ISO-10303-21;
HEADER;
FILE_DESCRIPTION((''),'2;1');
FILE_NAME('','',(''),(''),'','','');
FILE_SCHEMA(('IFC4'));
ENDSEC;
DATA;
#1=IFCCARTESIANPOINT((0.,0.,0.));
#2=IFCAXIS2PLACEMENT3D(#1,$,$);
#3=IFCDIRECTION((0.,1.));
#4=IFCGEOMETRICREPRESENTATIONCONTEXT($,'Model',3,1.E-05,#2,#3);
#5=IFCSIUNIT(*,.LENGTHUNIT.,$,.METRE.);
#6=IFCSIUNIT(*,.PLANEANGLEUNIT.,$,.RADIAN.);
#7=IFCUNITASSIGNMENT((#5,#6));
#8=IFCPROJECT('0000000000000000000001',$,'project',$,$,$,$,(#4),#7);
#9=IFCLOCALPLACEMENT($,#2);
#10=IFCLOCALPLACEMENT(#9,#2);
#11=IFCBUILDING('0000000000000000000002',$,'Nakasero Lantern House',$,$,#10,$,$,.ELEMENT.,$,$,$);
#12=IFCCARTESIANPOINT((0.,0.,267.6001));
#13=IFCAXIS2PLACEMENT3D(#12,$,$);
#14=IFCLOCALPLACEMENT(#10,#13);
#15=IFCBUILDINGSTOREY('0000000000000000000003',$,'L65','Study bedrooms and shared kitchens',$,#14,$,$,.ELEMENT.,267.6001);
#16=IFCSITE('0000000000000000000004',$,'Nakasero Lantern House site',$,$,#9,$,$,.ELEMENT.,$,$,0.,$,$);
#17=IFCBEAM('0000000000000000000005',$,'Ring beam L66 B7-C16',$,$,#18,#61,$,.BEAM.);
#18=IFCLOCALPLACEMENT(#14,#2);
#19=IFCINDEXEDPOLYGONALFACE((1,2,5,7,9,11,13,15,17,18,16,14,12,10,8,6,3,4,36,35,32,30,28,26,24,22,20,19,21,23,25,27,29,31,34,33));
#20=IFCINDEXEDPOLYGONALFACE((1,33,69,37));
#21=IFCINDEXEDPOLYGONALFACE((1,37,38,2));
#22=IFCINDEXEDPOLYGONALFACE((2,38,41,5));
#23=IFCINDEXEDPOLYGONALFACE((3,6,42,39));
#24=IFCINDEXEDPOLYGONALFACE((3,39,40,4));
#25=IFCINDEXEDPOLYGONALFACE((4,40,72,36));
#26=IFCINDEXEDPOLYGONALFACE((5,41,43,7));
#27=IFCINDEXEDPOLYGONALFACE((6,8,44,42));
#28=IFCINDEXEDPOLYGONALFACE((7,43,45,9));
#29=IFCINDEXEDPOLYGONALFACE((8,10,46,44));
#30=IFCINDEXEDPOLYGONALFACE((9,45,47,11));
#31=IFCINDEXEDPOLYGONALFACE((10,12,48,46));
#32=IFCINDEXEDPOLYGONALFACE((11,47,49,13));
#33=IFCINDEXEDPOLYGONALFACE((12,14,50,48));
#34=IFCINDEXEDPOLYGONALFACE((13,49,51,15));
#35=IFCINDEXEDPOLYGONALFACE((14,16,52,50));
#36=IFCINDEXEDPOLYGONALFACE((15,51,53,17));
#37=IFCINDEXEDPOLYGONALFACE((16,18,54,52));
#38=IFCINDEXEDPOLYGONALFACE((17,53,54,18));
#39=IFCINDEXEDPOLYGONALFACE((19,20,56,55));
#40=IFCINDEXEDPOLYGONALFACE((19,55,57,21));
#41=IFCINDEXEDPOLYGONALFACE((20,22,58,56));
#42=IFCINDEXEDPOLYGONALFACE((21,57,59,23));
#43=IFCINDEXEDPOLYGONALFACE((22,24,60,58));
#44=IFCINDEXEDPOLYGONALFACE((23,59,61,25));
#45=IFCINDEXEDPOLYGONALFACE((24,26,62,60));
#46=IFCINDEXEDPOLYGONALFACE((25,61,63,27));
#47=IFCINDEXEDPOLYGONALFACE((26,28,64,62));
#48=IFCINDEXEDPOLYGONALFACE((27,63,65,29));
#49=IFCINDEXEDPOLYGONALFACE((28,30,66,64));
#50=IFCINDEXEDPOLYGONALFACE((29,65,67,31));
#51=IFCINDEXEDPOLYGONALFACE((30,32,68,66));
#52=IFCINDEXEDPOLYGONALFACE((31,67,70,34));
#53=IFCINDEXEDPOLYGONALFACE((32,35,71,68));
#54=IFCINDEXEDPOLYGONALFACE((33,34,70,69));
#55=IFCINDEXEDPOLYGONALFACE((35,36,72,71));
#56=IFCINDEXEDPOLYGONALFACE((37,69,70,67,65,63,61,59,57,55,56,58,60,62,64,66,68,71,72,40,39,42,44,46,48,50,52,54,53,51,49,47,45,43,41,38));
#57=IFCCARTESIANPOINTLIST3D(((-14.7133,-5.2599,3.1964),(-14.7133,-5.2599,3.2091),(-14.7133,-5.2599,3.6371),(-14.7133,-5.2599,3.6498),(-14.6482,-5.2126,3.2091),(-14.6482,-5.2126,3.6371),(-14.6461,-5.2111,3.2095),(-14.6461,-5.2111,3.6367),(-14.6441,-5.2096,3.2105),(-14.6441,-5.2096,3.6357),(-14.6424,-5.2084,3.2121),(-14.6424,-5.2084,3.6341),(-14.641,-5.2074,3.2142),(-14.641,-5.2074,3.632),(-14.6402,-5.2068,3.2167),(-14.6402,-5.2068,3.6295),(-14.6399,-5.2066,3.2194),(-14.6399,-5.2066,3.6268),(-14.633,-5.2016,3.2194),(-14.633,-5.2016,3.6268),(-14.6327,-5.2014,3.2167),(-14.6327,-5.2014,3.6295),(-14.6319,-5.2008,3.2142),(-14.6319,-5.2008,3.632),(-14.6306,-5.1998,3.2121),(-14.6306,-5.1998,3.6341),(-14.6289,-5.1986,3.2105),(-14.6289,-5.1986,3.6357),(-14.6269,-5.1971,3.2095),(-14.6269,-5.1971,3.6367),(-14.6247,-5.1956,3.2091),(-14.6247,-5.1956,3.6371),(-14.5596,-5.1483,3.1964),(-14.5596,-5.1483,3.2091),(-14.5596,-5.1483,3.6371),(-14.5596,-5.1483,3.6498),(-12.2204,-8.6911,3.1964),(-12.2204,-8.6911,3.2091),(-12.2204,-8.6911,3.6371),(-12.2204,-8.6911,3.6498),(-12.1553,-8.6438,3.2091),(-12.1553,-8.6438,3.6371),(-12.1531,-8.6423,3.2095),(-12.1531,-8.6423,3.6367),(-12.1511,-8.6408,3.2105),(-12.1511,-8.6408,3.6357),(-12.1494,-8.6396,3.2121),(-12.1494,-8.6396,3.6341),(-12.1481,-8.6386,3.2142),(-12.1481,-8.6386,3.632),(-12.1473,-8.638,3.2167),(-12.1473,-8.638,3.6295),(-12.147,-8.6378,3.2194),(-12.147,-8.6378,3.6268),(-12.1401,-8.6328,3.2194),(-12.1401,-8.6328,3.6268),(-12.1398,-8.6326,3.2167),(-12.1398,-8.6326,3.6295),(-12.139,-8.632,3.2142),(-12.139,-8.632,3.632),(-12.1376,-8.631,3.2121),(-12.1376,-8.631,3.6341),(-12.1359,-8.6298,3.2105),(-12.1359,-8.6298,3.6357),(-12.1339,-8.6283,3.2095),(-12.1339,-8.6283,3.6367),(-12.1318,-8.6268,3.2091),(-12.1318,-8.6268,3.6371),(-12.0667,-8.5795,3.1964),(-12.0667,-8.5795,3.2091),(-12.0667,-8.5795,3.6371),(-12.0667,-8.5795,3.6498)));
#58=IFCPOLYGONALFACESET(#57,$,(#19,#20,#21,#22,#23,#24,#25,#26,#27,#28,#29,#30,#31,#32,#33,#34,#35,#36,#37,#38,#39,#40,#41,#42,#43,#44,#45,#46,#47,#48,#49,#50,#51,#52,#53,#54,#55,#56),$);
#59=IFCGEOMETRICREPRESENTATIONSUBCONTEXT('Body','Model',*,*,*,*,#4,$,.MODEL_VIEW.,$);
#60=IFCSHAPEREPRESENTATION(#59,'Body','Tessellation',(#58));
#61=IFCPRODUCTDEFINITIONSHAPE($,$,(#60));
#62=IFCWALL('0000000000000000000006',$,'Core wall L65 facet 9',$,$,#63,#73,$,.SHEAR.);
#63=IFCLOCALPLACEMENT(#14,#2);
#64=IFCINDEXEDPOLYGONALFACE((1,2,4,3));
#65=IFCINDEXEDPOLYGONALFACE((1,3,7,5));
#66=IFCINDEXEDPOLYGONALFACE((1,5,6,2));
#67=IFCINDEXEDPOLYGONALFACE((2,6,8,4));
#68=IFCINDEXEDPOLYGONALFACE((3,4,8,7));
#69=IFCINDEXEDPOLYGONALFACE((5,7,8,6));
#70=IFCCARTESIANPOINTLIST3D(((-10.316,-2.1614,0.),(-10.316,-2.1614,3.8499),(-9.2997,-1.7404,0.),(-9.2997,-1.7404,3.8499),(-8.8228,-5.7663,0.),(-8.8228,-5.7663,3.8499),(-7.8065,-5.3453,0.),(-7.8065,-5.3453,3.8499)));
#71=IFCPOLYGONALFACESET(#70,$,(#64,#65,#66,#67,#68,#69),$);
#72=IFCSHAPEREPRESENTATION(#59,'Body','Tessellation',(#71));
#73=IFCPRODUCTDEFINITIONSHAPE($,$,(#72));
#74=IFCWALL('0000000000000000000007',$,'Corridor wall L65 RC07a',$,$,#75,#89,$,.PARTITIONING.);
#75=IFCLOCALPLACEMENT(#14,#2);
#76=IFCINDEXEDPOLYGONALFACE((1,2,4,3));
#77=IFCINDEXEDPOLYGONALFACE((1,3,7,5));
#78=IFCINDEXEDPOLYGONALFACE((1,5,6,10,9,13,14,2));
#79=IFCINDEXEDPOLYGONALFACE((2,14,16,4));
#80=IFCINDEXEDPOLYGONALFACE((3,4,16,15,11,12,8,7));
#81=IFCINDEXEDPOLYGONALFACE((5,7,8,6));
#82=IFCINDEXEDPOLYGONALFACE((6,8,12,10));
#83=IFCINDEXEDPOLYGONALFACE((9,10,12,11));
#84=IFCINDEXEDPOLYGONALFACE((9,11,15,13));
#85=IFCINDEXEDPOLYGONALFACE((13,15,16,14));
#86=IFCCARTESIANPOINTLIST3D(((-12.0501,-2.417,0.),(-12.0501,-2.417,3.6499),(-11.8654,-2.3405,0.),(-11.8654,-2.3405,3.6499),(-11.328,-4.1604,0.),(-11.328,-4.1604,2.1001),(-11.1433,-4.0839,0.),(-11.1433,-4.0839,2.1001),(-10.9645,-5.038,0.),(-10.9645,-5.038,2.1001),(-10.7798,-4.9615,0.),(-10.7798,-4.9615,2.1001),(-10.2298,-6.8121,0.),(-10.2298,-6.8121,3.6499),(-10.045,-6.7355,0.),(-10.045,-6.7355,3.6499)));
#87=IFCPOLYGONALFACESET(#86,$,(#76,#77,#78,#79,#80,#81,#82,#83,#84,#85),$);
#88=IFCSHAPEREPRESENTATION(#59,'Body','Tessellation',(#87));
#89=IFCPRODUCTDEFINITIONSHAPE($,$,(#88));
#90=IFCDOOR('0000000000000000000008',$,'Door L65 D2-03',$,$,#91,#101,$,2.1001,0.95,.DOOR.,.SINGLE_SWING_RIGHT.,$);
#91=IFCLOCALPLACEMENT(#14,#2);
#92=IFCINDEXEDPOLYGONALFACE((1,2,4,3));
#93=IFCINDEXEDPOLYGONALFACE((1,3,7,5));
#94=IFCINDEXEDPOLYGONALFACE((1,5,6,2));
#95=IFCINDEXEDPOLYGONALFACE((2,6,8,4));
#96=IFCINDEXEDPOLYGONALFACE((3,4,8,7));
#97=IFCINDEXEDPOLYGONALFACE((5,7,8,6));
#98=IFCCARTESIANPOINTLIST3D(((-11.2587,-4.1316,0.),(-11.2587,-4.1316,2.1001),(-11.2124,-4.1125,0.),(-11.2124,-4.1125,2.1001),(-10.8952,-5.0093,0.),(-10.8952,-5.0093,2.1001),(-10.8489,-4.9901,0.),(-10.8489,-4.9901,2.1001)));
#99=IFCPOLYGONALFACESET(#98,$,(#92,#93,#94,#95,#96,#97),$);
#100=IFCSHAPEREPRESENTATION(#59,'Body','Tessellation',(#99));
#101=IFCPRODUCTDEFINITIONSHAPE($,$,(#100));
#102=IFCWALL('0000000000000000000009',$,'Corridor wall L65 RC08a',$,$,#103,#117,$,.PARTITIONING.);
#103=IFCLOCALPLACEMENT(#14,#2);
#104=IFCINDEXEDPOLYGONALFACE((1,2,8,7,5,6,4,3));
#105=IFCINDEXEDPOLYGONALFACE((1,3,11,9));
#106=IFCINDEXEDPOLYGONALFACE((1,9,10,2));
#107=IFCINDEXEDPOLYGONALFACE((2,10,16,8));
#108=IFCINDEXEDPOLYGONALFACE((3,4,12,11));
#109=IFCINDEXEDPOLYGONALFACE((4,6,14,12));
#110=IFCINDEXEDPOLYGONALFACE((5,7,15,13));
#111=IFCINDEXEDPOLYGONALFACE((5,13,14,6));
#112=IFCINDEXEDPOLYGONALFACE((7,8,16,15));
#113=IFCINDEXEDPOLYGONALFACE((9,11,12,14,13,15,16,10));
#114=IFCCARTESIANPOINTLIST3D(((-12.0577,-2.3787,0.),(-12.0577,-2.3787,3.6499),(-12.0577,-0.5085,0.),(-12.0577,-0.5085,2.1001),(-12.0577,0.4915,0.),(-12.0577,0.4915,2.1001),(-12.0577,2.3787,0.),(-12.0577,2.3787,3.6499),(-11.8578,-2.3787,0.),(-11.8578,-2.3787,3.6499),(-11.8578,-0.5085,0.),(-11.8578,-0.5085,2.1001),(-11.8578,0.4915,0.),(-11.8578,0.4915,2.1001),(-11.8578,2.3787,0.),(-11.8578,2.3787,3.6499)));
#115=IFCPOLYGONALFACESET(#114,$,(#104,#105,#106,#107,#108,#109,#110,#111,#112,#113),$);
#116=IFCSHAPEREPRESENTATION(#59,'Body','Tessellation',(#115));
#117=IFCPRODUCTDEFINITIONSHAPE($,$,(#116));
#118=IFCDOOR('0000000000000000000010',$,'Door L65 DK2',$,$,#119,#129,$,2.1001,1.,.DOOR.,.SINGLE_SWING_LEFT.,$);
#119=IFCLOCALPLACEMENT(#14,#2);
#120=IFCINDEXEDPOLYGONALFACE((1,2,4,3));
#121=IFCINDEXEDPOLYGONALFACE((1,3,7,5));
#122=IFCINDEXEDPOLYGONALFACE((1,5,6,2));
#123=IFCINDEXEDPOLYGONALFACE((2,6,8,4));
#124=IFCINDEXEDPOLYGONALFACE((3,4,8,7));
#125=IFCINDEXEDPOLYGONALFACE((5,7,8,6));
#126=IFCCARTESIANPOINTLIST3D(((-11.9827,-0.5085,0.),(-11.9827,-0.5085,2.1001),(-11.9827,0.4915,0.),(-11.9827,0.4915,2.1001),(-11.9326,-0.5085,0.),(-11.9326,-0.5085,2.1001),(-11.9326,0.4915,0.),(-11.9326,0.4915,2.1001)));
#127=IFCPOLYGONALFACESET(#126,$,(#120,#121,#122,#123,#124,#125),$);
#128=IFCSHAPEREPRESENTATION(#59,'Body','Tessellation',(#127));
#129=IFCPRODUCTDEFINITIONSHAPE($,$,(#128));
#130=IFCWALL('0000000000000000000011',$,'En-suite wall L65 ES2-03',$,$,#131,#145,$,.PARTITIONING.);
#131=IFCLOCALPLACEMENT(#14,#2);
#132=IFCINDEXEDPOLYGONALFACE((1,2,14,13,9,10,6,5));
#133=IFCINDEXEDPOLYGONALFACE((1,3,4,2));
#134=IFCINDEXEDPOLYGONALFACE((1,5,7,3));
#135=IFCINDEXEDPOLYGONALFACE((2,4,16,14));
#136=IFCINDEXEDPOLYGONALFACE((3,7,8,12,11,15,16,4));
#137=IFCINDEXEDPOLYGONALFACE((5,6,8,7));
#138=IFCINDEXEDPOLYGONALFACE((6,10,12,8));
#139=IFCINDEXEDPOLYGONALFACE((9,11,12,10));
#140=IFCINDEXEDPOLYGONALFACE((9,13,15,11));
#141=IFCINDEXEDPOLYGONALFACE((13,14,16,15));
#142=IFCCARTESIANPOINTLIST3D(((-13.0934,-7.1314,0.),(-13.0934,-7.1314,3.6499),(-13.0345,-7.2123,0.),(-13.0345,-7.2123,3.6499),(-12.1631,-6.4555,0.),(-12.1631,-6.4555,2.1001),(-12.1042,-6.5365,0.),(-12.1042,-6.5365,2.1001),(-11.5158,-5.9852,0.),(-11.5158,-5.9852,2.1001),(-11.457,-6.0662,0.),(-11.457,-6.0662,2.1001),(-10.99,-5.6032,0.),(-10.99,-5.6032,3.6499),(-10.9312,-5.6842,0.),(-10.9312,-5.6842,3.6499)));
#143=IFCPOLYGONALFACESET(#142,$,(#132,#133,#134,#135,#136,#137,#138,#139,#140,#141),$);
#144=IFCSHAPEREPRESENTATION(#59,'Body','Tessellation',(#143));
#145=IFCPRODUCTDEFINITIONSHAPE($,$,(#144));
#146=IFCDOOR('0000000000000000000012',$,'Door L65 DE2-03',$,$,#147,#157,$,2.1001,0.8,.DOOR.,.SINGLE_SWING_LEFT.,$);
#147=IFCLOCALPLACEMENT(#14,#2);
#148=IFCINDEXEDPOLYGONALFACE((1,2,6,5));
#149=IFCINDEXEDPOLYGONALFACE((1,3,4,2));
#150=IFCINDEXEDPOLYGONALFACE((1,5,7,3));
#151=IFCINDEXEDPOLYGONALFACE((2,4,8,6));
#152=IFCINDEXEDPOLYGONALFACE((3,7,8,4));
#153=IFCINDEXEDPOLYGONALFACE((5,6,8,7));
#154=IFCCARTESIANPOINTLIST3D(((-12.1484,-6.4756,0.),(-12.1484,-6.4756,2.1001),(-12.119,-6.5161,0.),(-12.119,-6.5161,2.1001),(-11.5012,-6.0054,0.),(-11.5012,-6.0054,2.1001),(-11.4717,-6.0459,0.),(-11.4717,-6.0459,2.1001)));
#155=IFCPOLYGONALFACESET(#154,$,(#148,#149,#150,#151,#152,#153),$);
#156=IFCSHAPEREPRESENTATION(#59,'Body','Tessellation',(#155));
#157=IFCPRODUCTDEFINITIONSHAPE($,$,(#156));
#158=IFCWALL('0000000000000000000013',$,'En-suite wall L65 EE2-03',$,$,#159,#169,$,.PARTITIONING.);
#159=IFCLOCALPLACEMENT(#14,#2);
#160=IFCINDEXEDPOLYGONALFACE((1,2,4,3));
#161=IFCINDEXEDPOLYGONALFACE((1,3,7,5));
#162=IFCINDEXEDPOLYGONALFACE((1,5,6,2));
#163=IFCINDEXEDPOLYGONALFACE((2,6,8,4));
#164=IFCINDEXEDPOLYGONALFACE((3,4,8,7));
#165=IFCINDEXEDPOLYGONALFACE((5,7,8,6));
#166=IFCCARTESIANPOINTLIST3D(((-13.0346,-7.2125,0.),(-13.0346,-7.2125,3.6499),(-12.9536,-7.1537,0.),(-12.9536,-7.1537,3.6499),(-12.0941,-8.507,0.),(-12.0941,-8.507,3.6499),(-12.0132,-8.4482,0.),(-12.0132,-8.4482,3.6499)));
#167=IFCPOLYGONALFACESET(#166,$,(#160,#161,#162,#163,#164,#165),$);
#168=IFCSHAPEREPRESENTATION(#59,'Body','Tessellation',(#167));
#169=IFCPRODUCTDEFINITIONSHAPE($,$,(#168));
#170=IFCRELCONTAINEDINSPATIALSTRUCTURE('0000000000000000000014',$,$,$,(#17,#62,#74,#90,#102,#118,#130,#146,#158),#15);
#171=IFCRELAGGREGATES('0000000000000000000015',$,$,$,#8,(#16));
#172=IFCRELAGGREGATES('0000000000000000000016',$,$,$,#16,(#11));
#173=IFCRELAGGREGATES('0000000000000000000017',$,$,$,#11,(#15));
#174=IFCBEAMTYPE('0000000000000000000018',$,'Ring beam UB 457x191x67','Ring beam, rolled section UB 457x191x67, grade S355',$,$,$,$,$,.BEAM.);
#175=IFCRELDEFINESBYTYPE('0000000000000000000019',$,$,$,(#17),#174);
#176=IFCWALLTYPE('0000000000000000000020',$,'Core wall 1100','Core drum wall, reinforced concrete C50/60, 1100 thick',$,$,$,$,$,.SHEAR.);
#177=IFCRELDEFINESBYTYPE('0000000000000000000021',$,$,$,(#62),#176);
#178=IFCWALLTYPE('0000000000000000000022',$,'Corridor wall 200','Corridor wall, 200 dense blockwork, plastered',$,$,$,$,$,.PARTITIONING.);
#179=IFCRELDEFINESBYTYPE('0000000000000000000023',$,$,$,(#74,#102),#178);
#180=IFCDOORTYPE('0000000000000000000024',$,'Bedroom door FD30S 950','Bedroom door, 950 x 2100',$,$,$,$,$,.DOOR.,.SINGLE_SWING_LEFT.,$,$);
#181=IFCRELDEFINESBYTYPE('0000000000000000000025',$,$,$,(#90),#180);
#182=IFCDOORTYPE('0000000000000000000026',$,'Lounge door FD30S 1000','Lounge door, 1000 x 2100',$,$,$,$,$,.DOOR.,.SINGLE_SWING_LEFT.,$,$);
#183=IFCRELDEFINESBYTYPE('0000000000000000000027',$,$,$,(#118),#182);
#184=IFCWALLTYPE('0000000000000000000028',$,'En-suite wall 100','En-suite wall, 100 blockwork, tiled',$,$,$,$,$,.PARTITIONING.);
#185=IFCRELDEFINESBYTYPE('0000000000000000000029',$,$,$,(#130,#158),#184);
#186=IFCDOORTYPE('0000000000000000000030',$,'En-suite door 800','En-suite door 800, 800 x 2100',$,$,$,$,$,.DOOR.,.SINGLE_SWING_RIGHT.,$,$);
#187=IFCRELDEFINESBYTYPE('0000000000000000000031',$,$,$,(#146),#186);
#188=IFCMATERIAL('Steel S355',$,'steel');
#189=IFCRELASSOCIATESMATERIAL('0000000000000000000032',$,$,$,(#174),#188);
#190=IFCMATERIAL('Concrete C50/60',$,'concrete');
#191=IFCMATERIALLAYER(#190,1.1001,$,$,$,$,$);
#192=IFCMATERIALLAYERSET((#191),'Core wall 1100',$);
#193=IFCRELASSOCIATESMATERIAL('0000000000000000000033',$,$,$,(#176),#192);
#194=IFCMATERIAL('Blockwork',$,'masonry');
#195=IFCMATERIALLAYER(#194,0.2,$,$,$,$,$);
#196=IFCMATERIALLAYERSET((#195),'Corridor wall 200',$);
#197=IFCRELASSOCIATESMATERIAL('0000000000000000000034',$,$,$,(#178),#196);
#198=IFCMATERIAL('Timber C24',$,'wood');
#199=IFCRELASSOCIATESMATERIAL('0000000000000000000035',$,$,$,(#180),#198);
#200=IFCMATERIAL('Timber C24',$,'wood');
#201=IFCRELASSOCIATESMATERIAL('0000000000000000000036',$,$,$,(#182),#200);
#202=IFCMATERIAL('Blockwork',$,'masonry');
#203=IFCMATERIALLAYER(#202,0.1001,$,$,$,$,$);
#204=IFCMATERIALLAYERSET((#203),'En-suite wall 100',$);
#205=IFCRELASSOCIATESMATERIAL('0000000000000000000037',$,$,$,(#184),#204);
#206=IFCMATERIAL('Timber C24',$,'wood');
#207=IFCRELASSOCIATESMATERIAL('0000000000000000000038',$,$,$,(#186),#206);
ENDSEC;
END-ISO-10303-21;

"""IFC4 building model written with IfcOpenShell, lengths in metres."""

from ifc_helpers import new_model, si_unit, direction, frame, frame_2d, origin, origin_2d, place, context, subcontext, project, spatial, rectangle, i_section, extrude, material, layer, layer_set, material_profile, profile_set, type_object, element, fill, save


model = new_model("IFC4")

# Units and contexts
model_context = context("Model", 3, precision=1e-05, world=origin(), true_north=direction((0.0, 1.0)))
body_context = subcontext(model_context, "Body", "Model", "MODEL_VIEW")
ifc_project = project(units=[si_unit("LENGTHUNIT", "METRE"), si_unit("PLANEANGLEUNIT", "RADIAN")], contexts=[model_context])

# Site, building, storey
site_placement = place(None, origin())
site = spatial("IfcSite", under=ifc_project, at=site_placement, Name="Nakasero Lantern House site", CompositionType="ELEMENT", RefElevation=0.0)
building_placement = place(site_placement, origin())
building = spatial("IfcBuilding", under=site, at=building_placement, Name="Nakasero Lantern House", CompositionType="ELEMENT")
storey_placement = place(building_placement, frame((0.0, 0.0, 267.6001)))
storey = spatial("IfcBuildingStorey", under=building, at=storey_placement, Name="L65", Description="Study bedrooms and shared kitchens", CompositionType="ELEMENT", Elevation=267.6001)

# Beam
ifc_material_1 = material(Name="Steel S355", Category="steel")
ifc_material_profile_1 = material_profile(ifc_material_1, i_section(OverallWidth=0.1899, OverallDepth=0.4534, WebThickness=0.0085, FlangeThickness=0.0127, FilletRadius=0.0103, at=origin_2d()), Name="UB 457x191x67")
ifc_profile_set_1 = profile_set([ifc_material_profile_1], Name="Steel S355")
beam_type_1 = type_object("IfcBeamType", Name="Ring beam UB 457x191x67", Description="Ring beam, rolled section UB 457x191x67, grade S355", PredefinedType="BEAM", material=ifc_profile_set_1)
beam_1_placement = place(storey_placement, frame((-14.6365, -5.2041, 3.4231), z_axis=(0.587792, -0.809012, 0.0), x_axis=(0.809012, 0.587792, 0.0)))
element("IfcBeam", 1, at=beam_1_placement, inside=storey, type_object=beam_type_1, Name="Ring beam L66 B7-C16", PredefinedType="BEAM", context=body_context, shape_type="SweptSolid", body=[
    extrude(i_section(OverallWidth=0.1899, OverallDepth=0.4534, WebThickness=0.0085, FlangeThickness=0.0127, FilletRadius=0.0103, at=origin_2d()), origin(), (0.0, 0.0, 1.0), 4.2412),
])

# Wall
ifc_material_2 = material(Name="Concrete C50/60", Category="concrete")
ifc_layer_1 = layer(ifc_material_2, 1.1001)
ifc_layer_set_1 = layer_set([ifc_layer_1], Name="Core wall 1100")
wall_type_1 = type_object("IfcWallType", Name="Core wall 1100", Description="Core drum wall, reinforced concrete C50/60, 1100 thick", PredefinedType="SHEAR", material=ifc_layer_set_1)
wall_1_placement = place(storey_placement, frame((-9.8079, -1.9509, 0.0), z_axis=(0.0, 0.0, 1.0), x_axis=(0.382691, -0.923877, 0.0)))
element("IfcWall", 2, at=wall_1_placement, inside=storey, type_object=wall_type_1, Name="Core wall L65 facet 9", PredefinedType="SHEAR", context=body_context, shape_type="SweptSolid", body=[
    extrude(rectangle(XDim=3.9019, YDim=1.1001, at=frame_2d((1.9509, 0.0))), origin(), (0.0, 0.0, 1.0), 3.8499),
])

# Walls, openings, doors
ifc_material_3 = material(Name="Blockwork", Category="masonry")
ifc_layer_2 = layer(ifc_material_3, 0.2)
ifc_layer_set_2 = layer_set([ifc_layer_2], Name="Corridor wall 200")
wall_type_2 = type_object("IfcWallType", Name="Corridor wall 200", Description="Corridor wall, 200 dense blockwork, plastered", PredefinedType="PARTITIONING", material=ifc_layer_set_2)
wall_2_placement = place(storey_placement, frame((-10.1375, -6.7737, 0.0), z_axis=(0.0, 0.0, 1.0), x_axis=(-0.382654, 0.923892, 0.0)))
wall_2 = element("IfcWall", 3, at=wall_2_placement, inside=storey, type_object=wall_type_2, Name="Corridor wall L65 RC07a", PredefinedType="PARTITIONING", context=body_context, shape_type="SweptSolid", body=[
    extrude(rectangle(XDim=4.7571, YDim=0.2, at=frame_2d((2.3784, 0.0))), origin(), (0.0, 0.0, 1.0), 3.6499),
])
opening_1_placement = place(wall_2_placement, frame((1.9199, 0.0, 0.0)))
opening_1 = element("IfcOpeningElement", 4, at=opening_1_placement, cuts=wall_2, PredefinedType="OPENING", context=body_context, shape_type="SweptSolid", body=[
    extrude(rectangle(XDim=0.95, YDim=2.1001, at=frame_2d((0.4751, 1.05))), frame((0.0, 0.1199, 0.0), z_axis=(0.0, -1.0, 0.0), x_axis=(1.0, 0.0, 0.0)), (0.0, 0.0, 1.0), 0.24),
])
ifc_material_4 = material(Name="Timber C24", Category="wood")
door_type_1 = type_object("IfcDoorType", Name="Bedroom door FD30S 950", Description="Bedroom door, 950 x 2100", OperationType="SINGLE_SWING_LEFT", PredefinedType="DOOR", material=ifc_material_4)
door_1_placement = place(opening_1_placement, origin())
door_1 = element("IfcDoor", 5, at=door_1_placement, inside=storey, type_object=door_type_1, Name="Door L65 D2-03", OperationType="SINGLE_SWING_RIGHT", OverallHeight=2.1001, OverallWidth=0.95, PredefinedType="DOOR", context=body_context, shape_type="SweptSolid", body=[
    extrude(rectangle(XDim=0.95, YDim=2.1001, at=frame_2d((0.4751, 1.05))), frame((0.0, 0.0249, 0.0), z_axis=(0.0, -1.0, 0.0), x_axis=(1.0, 0.0, 0.0)), (0.0, 0.0, 1.0), 0.05),
])
fill(opening_1, door_1)
wall_3_placement = place(storey_placement, frame((-11.9578, -2.3787, 0.0), z_axis=(0.0, 0.0, 1.0), x_axis=(0.0, 1.0, 0.0)))
wall_3 = element("IfcWall", 6, at=wall_3_placement, inside=storey, type_object=wall_type_2, Name="Corridor wall L65 RC08a", PredefinedType="PARTITIONING", context=body_context, shape_type="SweptSolid", body=[
    extrude(rectangle(XDim=4.7573, YDim=0.2, at=frame_2d((2.3787, 0.0))), origin(), (0.0, 0.0, 1.0), 3.6499),
])
opening_2_placement = place(wall_3_placement, frame((1.8701, 0.0, 0.0)))
opening_2 = element("IfcOpeningElement", 7, at=opening_2_placement, cuts=wall_3, PredefinedType="OPENING", context=body_context, shape_type="SweptSolid", body=[
    extrude(rectangle(XDim=1.0, YDim=2.1001, at=frame_2d((0.5, 1.05))), frame((0.0, 0.1199, 0.0), z_axis=(0.0, -1.0, 0.0), x_axis=(1.0, 0.0, 0.0)), (0.0, 0.0, 1.0), 0.24),
])
ifc_material_5 = material(Name="Timber C24", Category="wood")
door_type_2 = type_object("IfcDoorType", Name="Lounge door FD30S 1000", Description="Lounge door, 1000 x 2100", OperationType="SINGLE_SWING_LEFT", PredefinedType="DOOR", material=ifc_material_5)
door_2_placement = place(opening_2_placement, origin())
door_2 = element("IfcDoor", 8, at=door_2_placement, inside=storey, type_object=door_type_2, Name="Door L65 DK2", OperationType="SINGLE_SWING_LEFT", OverallHeight=2.1001, OverallWidth=1.0, PredefinedType="DOOR", context=body_context, shape_type="SweptSolid", body=[
    extrude(rectangle(XDim=1.0, YDim=2.1001, at=frame_2d((0.5, 1.05))), frame((0.0, 0.0249, 0.0), z_axis=(0.0, -1.0, 0.0), x_axis=(1.0, 0.0, 0.0)), (0.0, 0.0, 1.0), 0.05),
])
fill(opening_2, door_2)
ifc_material_6 = material(Name="Blockwork", Category="masonry")
ifc_layer_3 = layer(ifc_material_6, 0.1001)
ifc_layer_set_3 = layer_set([ifc_layer_3], Name="En-suite wall 100")
wall_type_3 = type_object("IfcWallType", Name="En-suite wall 100", Description="En-suite wall, 100 blockwork, tiled", PredefinedType="PARTITIONING", material=ifc_layer_set_3)
wall_4_placement = place(storey_placement, frame((-10.9607, -5.6438, 0.0), z_axis=(0.0, 0.0, 1.0), x_axis=(-0.809024, -0.587775, 0.0)))
wall_4 = element("IfcWall", 9, at=wall_4_placement, inside=storey, type_object=wall_type_3, Name="En-suite wall L65 ES2-03", PredefinedType="PARTITIONING", context=body_context, shape_type="SweptSolid", body=[
    extrude(rectangle(XDim=2.5999, YDim=0.1001, at=frame_2d((1.2998, 0.0))), origin(), (0.0, 0.0, 1.0), 3.6499),
])
opening_3_placement = place(wall_4_placement, frame((0.6499, 0.0, 0.0)))
opening_3 = element("IfcOpeningElement", 10, at=opening_3_placement, cuts=wall_4, PredefinedType="OPENING", context=body_context, shape_type="SweptSolid", body=[
    extrude(rectangle(XDim=0.8, YDim=2.1001, at=frame_2d((0.3999, 1.05))), frame((0.0, 0.0701, 0.0), z_axis=(0.0, -1.0, 0.0), x_axis=(1.0, 0.0, 0.0)), (0.0, 0.0, 1.0), 0.1401),
])
ifc_material_7 = material(Name="Timber C24", Category="wood")
door_type_3 = type_object("IfcDoorType", Name="En-suite door 800", Description="En-suite door 800, 800 x 2100", OperationType="SINGLE_SWING_RIGHT", PredefinedType="DOOR", material=ifc_material_7)
door_3_placement = place(opening_3_placement, origin())
door_3 = element("IfcDoor", 11, at=door_3_placement, inside=storey, type_object=door_type_3, Name="Door L65 DE2-03", OperationType="SINGLE_SWING_LEFT", OverallHeight=2.1001, OverallWidth=0.8, PredefinedType="DOOR", context=body_context, shape_type="SweptSolid", body=[
    extrude(rectangle(XDim=0.8, YDim=2.1001, at=frame_2d((0.3999, 1.05))), frame((0.0, 0.0249, 0.0), z_axis=(0.0, -1.0, 0.0), x_axis=(1.0, 0.0, 0.0)), (0.0, 0.0, 1.0), 0.05),
])
fill(opening_3, door_3)

# Wall
for number, where, z_axis, x_axis, name in (
    (12, (-12.9941, -7.1831, 0.0), (0.0, 0.0, 1.0), (0.587772, -0.809026, 0.0), "En-suite wall L65 EE2-03"),
):
    element("IfcWall", number, at=place(storey_placement, frame(where, z_axis=z_axis, x_axis=x_axis)), inside=storey, type_object=wall_type_3, Name=name, PredefinedType="PARTITIONING", context=body_context, shape_type="SweptSolid", body=[
        extrude(rectangle(XDim=1.6001, YDim=0.1001, at=frame_2d((0.8, 0.0))), origin(), (0.0, 0.0, 1.0), 3.6499),
    ])

save(model, "model.ifc")
